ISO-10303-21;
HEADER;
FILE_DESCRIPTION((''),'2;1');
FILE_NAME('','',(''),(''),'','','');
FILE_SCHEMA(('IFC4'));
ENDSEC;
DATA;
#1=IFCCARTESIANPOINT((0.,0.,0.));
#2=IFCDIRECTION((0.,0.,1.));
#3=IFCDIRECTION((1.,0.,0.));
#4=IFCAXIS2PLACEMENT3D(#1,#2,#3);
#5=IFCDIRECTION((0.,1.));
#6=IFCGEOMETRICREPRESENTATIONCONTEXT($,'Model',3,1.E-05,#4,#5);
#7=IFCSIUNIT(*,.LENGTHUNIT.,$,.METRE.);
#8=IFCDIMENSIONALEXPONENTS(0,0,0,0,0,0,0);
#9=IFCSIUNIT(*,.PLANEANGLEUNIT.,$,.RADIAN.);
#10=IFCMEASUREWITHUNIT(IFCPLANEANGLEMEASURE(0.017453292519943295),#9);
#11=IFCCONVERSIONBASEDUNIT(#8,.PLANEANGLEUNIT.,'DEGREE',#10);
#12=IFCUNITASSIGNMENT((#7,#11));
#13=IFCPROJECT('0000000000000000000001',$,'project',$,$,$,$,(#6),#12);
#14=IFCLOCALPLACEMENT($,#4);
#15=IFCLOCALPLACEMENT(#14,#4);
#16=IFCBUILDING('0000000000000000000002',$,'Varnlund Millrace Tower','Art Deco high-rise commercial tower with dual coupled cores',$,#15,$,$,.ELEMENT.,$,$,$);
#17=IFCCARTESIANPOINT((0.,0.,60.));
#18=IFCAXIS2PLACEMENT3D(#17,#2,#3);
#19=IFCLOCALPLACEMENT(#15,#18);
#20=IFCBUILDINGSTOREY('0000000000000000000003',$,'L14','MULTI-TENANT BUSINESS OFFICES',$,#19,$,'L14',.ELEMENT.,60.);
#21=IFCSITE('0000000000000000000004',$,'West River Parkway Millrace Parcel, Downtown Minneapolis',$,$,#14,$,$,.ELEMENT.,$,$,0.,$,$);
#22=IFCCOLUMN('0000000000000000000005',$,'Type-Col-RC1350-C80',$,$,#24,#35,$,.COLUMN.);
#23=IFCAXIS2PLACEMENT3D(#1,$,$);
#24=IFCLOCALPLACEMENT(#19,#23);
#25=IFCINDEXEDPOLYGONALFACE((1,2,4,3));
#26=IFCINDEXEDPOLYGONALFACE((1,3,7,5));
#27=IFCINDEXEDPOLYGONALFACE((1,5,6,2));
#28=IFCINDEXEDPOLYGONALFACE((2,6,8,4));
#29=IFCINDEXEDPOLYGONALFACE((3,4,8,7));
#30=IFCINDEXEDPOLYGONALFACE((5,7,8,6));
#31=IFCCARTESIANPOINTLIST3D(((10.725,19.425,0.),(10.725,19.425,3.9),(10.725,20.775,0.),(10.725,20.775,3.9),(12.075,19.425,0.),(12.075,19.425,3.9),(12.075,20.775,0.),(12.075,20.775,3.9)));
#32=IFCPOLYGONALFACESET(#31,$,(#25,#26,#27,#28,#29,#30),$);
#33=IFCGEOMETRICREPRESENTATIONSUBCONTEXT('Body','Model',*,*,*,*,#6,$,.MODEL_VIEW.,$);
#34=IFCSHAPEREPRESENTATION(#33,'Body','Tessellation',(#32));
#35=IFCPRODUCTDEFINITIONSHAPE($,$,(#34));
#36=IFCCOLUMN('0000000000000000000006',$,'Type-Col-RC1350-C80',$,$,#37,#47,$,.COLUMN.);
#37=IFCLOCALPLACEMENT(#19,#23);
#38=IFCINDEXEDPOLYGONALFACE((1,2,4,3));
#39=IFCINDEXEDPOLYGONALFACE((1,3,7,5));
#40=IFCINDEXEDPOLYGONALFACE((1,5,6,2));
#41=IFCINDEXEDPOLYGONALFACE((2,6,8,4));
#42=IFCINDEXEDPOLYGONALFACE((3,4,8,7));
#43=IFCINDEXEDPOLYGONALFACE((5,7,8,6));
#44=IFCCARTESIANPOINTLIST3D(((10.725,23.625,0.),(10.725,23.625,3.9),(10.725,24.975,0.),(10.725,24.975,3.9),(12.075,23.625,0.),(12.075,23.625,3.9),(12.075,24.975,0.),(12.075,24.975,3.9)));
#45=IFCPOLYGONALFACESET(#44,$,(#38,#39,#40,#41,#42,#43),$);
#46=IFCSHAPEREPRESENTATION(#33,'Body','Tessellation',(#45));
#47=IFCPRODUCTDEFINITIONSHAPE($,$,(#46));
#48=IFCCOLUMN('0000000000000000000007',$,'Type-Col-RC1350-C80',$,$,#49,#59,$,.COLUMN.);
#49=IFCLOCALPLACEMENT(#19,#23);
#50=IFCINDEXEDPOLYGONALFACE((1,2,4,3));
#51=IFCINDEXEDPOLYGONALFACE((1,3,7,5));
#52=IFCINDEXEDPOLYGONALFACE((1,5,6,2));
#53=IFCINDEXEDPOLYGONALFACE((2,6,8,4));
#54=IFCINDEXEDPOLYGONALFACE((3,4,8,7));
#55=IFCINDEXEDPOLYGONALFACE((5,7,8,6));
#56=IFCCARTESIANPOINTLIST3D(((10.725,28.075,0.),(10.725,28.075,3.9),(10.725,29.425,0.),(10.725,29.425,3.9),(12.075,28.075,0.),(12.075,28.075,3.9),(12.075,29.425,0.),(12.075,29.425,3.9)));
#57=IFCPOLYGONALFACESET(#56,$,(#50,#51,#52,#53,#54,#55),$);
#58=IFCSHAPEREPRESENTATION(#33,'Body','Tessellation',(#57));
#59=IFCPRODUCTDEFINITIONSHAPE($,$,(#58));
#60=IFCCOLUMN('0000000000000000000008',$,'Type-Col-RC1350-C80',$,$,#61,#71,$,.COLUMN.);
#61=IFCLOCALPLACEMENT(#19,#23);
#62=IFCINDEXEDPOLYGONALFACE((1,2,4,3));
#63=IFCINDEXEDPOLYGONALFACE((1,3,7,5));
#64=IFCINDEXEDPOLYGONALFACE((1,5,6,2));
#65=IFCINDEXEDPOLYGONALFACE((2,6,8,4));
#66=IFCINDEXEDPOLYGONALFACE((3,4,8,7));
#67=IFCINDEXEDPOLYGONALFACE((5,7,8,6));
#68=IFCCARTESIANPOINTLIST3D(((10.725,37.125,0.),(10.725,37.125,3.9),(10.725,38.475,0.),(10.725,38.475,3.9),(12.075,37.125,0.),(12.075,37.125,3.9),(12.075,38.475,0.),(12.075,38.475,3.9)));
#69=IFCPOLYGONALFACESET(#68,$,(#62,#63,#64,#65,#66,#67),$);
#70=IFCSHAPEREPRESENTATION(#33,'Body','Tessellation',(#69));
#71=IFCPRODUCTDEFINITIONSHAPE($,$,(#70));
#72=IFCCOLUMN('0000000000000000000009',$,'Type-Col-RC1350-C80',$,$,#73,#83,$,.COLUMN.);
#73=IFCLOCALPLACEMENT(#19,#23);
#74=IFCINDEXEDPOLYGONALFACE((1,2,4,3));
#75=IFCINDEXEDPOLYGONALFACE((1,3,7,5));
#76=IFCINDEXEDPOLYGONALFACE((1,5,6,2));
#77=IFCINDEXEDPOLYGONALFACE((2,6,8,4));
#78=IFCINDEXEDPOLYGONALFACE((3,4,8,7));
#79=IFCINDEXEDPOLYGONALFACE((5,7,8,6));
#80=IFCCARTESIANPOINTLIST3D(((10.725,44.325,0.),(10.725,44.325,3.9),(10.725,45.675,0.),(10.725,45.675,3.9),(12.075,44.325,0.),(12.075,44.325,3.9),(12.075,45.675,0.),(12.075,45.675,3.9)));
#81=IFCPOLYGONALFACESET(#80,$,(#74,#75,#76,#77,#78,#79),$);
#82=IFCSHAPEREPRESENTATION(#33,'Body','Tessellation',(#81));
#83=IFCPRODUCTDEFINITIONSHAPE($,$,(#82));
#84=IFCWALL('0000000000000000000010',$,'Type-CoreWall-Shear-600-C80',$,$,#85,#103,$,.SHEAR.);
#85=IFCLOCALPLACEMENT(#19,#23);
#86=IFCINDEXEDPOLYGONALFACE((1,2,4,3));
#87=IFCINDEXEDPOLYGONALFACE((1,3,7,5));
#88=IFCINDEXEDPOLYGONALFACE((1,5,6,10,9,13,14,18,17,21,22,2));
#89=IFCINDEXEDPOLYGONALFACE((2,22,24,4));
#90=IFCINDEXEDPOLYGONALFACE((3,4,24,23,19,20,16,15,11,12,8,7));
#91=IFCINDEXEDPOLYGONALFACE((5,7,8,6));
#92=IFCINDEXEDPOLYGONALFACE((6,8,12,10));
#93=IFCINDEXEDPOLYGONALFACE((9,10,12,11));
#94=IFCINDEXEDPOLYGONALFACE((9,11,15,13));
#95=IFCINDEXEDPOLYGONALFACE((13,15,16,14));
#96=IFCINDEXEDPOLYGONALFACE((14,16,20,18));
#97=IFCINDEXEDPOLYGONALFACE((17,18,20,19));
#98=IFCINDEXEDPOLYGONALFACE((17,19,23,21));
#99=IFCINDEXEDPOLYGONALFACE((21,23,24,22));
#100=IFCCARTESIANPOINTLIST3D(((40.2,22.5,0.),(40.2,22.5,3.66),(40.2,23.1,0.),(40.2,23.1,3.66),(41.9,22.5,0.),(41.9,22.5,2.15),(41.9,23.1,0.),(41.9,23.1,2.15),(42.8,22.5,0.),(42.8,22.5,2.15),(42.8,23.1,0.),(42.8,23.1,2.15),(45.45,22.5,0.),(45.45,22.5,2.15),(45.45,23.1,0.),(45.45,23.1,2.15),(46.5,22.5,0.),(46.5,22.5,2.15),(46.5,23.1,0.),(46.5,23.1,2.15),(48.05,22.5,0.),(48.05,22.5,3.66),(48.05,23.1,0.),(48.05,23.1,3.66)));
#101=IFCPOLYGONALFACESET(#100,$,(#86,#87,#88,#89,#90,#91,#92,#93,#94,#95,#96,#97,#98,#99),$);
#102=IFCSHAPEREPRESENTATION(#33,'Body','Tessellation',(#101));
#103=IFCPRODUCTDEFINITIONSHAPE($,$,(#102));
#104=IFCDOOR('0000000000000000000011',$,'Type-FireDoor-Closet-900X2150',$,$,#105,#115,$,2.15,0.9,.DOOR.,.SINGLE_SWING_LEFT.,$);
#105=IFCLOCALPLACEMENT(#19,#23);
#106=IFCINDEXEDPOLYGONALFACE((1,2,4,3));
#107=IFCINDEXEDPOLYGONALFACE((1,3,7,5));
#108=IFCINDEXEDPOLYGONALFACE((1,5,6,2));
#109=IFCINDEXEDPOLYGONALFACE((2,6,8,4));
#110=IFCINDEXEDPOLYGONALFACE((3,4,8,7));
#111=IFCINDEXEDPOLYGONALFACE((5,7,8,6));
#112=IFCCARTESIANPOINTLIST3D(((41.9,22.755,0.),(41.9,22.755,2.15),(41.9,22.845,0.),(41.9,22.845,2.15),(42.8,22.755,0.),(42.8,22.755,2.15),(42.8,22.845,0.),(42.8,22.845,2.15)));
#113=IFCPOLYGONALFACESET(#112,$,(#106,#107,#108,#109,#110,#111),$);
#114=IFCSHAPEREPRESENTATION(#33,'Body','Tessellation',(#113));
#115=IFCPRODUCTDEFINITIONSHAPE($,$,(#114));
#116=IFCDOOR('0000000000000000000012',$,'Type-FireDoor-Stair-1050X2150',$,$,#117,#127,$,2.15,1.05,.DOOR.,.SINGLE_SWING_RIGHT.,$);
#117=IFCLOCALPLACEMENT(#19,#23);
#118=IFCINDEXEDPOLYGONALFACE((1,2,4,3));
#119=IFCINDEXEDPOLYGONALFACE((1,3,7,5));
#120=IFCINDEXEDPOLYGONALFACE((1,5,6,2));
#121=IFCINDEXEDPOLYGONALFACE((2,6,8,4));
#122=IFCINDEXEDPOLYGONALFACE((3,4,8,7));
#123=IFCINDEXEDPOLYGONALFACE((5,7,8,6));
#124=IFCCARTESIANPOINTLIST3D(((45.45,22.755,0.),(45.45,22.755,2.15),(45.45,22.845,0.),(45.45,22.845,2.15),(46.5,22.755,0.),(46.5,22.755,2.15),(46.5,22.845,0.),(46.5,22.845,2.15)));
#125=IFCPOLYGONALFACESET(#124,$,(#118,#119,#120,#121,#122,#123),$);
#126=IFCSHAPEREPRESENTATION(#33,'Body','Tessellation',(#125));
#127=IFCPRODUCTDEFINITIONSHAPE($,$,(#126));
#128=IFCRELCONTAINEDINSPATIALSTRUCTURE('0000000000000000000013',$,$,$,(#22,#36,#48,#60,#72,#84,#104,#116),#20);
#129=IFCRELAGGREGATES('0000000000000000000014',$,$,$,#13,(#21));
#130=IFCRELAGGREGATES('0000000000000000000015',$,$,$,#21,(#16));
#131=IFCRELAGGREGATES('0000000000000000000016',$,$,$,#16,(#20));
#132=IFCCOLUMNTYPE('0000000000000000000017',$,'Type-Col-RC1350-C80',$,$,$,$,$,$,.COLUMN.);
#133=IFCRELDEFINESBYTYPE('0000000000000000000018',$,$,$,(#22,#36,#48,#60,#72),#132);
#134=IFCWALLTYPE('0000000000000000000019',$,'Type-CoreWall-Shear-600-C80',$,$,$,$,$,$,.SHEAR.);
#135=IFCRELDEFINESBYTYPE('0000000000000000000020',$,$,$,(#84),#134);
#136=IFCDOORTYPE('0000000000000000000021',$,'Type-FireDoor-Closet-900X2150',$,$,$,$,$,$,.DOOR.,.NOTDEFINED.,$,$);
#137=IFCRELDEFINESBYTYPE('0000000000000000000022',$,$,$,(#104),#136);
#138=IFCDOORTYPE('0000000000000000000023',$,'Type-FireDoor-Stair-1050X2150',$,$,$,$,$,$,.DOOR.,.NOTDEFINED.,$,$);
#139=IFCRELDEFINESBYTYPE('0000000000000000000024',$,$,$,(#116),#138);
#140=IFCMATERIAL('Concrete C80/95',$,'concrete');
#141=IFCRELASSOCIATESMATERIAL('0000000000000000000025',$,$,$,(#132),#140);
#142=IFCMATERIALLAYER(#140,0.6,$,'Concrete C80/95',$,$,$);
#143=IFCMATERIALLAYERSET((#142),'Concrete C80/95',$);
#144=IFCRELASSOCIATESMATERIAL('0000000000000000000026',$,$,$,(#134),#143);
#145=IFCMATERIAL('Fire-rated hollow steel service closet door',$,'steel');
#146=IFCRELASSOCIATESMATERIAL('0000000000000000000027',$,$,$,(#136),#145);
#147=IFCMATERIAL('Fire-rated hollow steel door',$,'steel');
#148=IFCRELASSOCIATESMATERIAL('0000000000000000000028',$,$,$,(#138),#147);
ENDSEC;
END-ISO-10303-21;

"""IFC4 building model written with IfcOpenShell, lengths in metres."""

from ifc_helpers import new_model, entity, si_unit, converted_unit, direction, frame, origin_with_axes, origin_2d_with_axis, place, context, subcontext, project, spatial, polyline, rectangle, outline, extrude, material, layer, layer_set, material_profile, profile_set, type_object, element, fill, save


model = new_model("IFC4")

# Units and contexts
model_context = context("Model", 3, precision=1e-05, world=origin_with_axes(), true_north=direction((0.0, 1.0)))
body_context = subcontext(model_context, "Body", "Model", "MODEL_VIEW")
ifc_project = project(units=[si_unit("LENGTHUNIT", "METRE"), converted_unit("PLANEANGLEUNIT", "DEGREE", entity("IfcPlaneAngleMeasure", 0.017453292519943295), si_unit("PLANEANGLEUNIT", "RADIAN"), dimensions=[0, 0, 0, 0, 0, 0, 0])], contexts=[model_context])

# Site, building, storey
site_placement = place(None, origin_with_axes())
site = spatial("IfcSite", under=ifc_project, at=site_placement, Name="West River Parkway Millrace Parcel, Downtown Minneapolis", CompositionType="ELEMENT", RefElevation=0.0)
building_placement = place(site_placement, origin_with_axes())
building = spatial("IfcBuilding", under=site, at=building_placement, Name="Varnlund Millrace Tower", Description="Art Deco high-rise commercial tower with dual coupled cores", CompositionType="ELEMENT")
storey_placement = place(building_placement, frame((0.0, 0.0, 60.0), z_axis=(0.0, 0.0, 1.0), x_axis=(1.0, 0.0, 0.0)))
storey = spatial("IfcBuildingStorey", under=building, at=storey_placement, Name="L14", Description="MULTI-TENANT BUSINESS OFFICES", LongName="L14", CompositionType="ELEMENT", Elevation=60.0)

# Columns
ifc_material_1 = material(Name="Concrete C80/95", Category="concrete")
ifc_material_profile = material_profile(ifc_material_1, rectangle(XDim=1.35, YDim=1.35, at=origin_2d_with_axis()), Name="Concrete C80/95")
ifc_profile_set = profile_set([ifc_material_profile], Name="Concrete C80/95")
column_type = type_object("IfcColumnType", Name="Type-Col-RC1350-C80", PredefinedType="COLUMN", material=ifc_profile_set)
for number, where, z_axis, x_axis, name in (
    (1, (11.4, 20.1, 0.0), (0.0, 0.0, 1.0), (1.0, 0.0, 0.0), "Type-Col-RC1350-C80"),
    (2, (11.4, 24.3, 0.0), (0.0, 0.0, 1.0), (1.0, 0.0, 0.0), "Type-Col-RC1350-C80"),
    (3, (11.4, 28.75, 0.0), (0.0, 0.0, 1.0), (1.0, 0.0, 0.0), "Type-Col-RC1350-C80"),
    (4, (11.4, 37.8, 0.0), (0.0, 0.0, 1.0), (1.0, 0.0, 0.0), "Type-Col-RC1350-C80"),
    (5, (11.4, 45.0, 0.0), (0.0, 0.0, 1.0), (1.0, 0.0, 0.0), "Type-Col-RC1350-C80"),
):
    element("IfcColumn", number, at=place(storey_placement, frame(where, z_axis=z_axis, x_axis=x_axis)), inside=storey, type_object=column_type, Name=name, PredefinedType="COLUMN", context=body_context, shape_type="SweptSolid", body=[
        extrude(rectangle(XDim=1.35, YDim=1.35, at=origin_2d_with_axis()), origin_with_axes(), (0.0, 0.0, 1.0), 3.9),
    ])

# Wall, openings, doors
ifc_layer_1 = layer(ifc_material_1, 0.6, Name="Concrete C80/95")
ifc_layer_set_1 = layer_set([ifc_layer_1], Name="Concrete C80/95")
wall_type_1 = type_object("IfcWallType", Name="Type-CoreWall-Shear-600-C80", PredefinedType="SHEAR", material=ifc_layer_set_1)
wall_1_placement = place(storey_placement, frame((40.2, 22.8, 0.0), z_axis=(0.0, 0.0, 1.0), x_axis=(1.0, 0.0, 0.0)))
wall_1 = element("IfcWall", 6, at=wall_1_placement, inside=storey, type_object=wall_type_1, Name="Type-CoreWall-Shear-600-C80", PredefinedType="SHEAR", context=body_context, shape_type="SweptSolid", body=[
    extrude(outline(polyline([(0.0, -0.3), (7.85, -0.3), (7.85, 0.3), (0.0, 0.3), (0.0, -0.3)])), origin_with_axes(), (0.0, 0.0, 1.0), 3.66),
])
opening_1_placement = place(wall_1_placement, frame((5.775, 0.0, 0.0), z_axis=(0.0, 0.0, 1.0), x_axis=(1.0, 0.0, 0.0)))
opening_1 = element("IfcOpeningElement", 7, at=opening_1_placement, cuts=wall_1, PredefinedType="OPENING", context=body_context, shape_type="SweptSolid", body=[
    extrude(rectangle(XDim=1.05, YDim=0.62, at=origin_2d_with_axis()), origin_with_axes(), (0.0, 0.0, 1.0), 2.15),
])
opening_2_placement = place(wall_1_placement, frame((2.15, 0.0, 0.0), z_axis=(0.0, 0.0, 1.0), x_axis=(1.0, 0.0, 0.0)))
opening_2 = element("IfcOpeningElement", 8, at=opening_2_placement, cuts=wall_1, PredefinedType="OPENING", context=body_context, shape_type="SweptSolid", body=[
    extrude(rectangle(XDim=0.9, YDim=0.62, at=origin_2d_with_axis()), origin_with_axes(), (0.0, 0.0, 1.0), 2.15),
])
ifc_material_2 = material(Name="Fire-rated hollow steel service closet door", Category="steel")
door_type_1 = type_object("IfcDoorType", Name="Type-FireDoor-Closet-900X2150", OperationType="NOTDEFINED", PredefinedType="DOOR", material=ifc_material_2)
door_1_placement = place(wall_1_placement, frame((2.15, 0.0, 0.0), z_axis=(0.0, 0.0, 1.0), x_axis=(1.0, 0.0, 0.0)))
door_1 = element("IfcDoor", 9, at=door_1_placement, inside=storey, type_object=door_type_1, Name="Type-FireDoor-Closet-900X2150", OperationType="SINGLE_SWING_LEFT", OverallHeight=2.15, OverallWidth=0.9, PredefinedType="DOOR", context=body_context, shape_type="SweptSolid", body=[
    extrude(rectangle(XDim=0.9, YDim=0.09, at=origin_2d_with_axis()), origin_with_axes(), (0.0, 0.0, 1.0), 2.15),
])
fill(opening_2, door_1)
ifc_material_3 = material(Name="Fire-rated hollow steel door", Category="steel")
door_type_2 = type_object("IfcDoorType", Name="Type-FireDoor-Stair-1050X2150", OperationType="NOTDEFINED", PredefinedType="DOOR", material=ifc_material_3)
door_2_placement = place(wall_1_placement, frame((5.775, 0.0, 0.0), z_axis=(0.0, 0.0, 1.0), x_axis=(1.0, 0.0, 0.0)))
door_2 = element("IfcDoor", 10, at=door_2_placement, inside=storey, type_object=door_type_2, Name="Type-FireDoor-Stair-1050X2150", OperationType="SINGLE_SWING_RIGHT", OverallHeight=2.15, OverallWidth=1.05, PredefinedType="DOOR", context=body_context, shape_type="SweptSolid", body=[
    extrude(rectangle(XDim=1.05, YDim=0.09, at=origin_2d_with_axis()), origin_with_axes(), (0.0, 0.0, 1.0), 2.15),
])
fill(opening_1, door_2)

save(model, "model.ifc")
